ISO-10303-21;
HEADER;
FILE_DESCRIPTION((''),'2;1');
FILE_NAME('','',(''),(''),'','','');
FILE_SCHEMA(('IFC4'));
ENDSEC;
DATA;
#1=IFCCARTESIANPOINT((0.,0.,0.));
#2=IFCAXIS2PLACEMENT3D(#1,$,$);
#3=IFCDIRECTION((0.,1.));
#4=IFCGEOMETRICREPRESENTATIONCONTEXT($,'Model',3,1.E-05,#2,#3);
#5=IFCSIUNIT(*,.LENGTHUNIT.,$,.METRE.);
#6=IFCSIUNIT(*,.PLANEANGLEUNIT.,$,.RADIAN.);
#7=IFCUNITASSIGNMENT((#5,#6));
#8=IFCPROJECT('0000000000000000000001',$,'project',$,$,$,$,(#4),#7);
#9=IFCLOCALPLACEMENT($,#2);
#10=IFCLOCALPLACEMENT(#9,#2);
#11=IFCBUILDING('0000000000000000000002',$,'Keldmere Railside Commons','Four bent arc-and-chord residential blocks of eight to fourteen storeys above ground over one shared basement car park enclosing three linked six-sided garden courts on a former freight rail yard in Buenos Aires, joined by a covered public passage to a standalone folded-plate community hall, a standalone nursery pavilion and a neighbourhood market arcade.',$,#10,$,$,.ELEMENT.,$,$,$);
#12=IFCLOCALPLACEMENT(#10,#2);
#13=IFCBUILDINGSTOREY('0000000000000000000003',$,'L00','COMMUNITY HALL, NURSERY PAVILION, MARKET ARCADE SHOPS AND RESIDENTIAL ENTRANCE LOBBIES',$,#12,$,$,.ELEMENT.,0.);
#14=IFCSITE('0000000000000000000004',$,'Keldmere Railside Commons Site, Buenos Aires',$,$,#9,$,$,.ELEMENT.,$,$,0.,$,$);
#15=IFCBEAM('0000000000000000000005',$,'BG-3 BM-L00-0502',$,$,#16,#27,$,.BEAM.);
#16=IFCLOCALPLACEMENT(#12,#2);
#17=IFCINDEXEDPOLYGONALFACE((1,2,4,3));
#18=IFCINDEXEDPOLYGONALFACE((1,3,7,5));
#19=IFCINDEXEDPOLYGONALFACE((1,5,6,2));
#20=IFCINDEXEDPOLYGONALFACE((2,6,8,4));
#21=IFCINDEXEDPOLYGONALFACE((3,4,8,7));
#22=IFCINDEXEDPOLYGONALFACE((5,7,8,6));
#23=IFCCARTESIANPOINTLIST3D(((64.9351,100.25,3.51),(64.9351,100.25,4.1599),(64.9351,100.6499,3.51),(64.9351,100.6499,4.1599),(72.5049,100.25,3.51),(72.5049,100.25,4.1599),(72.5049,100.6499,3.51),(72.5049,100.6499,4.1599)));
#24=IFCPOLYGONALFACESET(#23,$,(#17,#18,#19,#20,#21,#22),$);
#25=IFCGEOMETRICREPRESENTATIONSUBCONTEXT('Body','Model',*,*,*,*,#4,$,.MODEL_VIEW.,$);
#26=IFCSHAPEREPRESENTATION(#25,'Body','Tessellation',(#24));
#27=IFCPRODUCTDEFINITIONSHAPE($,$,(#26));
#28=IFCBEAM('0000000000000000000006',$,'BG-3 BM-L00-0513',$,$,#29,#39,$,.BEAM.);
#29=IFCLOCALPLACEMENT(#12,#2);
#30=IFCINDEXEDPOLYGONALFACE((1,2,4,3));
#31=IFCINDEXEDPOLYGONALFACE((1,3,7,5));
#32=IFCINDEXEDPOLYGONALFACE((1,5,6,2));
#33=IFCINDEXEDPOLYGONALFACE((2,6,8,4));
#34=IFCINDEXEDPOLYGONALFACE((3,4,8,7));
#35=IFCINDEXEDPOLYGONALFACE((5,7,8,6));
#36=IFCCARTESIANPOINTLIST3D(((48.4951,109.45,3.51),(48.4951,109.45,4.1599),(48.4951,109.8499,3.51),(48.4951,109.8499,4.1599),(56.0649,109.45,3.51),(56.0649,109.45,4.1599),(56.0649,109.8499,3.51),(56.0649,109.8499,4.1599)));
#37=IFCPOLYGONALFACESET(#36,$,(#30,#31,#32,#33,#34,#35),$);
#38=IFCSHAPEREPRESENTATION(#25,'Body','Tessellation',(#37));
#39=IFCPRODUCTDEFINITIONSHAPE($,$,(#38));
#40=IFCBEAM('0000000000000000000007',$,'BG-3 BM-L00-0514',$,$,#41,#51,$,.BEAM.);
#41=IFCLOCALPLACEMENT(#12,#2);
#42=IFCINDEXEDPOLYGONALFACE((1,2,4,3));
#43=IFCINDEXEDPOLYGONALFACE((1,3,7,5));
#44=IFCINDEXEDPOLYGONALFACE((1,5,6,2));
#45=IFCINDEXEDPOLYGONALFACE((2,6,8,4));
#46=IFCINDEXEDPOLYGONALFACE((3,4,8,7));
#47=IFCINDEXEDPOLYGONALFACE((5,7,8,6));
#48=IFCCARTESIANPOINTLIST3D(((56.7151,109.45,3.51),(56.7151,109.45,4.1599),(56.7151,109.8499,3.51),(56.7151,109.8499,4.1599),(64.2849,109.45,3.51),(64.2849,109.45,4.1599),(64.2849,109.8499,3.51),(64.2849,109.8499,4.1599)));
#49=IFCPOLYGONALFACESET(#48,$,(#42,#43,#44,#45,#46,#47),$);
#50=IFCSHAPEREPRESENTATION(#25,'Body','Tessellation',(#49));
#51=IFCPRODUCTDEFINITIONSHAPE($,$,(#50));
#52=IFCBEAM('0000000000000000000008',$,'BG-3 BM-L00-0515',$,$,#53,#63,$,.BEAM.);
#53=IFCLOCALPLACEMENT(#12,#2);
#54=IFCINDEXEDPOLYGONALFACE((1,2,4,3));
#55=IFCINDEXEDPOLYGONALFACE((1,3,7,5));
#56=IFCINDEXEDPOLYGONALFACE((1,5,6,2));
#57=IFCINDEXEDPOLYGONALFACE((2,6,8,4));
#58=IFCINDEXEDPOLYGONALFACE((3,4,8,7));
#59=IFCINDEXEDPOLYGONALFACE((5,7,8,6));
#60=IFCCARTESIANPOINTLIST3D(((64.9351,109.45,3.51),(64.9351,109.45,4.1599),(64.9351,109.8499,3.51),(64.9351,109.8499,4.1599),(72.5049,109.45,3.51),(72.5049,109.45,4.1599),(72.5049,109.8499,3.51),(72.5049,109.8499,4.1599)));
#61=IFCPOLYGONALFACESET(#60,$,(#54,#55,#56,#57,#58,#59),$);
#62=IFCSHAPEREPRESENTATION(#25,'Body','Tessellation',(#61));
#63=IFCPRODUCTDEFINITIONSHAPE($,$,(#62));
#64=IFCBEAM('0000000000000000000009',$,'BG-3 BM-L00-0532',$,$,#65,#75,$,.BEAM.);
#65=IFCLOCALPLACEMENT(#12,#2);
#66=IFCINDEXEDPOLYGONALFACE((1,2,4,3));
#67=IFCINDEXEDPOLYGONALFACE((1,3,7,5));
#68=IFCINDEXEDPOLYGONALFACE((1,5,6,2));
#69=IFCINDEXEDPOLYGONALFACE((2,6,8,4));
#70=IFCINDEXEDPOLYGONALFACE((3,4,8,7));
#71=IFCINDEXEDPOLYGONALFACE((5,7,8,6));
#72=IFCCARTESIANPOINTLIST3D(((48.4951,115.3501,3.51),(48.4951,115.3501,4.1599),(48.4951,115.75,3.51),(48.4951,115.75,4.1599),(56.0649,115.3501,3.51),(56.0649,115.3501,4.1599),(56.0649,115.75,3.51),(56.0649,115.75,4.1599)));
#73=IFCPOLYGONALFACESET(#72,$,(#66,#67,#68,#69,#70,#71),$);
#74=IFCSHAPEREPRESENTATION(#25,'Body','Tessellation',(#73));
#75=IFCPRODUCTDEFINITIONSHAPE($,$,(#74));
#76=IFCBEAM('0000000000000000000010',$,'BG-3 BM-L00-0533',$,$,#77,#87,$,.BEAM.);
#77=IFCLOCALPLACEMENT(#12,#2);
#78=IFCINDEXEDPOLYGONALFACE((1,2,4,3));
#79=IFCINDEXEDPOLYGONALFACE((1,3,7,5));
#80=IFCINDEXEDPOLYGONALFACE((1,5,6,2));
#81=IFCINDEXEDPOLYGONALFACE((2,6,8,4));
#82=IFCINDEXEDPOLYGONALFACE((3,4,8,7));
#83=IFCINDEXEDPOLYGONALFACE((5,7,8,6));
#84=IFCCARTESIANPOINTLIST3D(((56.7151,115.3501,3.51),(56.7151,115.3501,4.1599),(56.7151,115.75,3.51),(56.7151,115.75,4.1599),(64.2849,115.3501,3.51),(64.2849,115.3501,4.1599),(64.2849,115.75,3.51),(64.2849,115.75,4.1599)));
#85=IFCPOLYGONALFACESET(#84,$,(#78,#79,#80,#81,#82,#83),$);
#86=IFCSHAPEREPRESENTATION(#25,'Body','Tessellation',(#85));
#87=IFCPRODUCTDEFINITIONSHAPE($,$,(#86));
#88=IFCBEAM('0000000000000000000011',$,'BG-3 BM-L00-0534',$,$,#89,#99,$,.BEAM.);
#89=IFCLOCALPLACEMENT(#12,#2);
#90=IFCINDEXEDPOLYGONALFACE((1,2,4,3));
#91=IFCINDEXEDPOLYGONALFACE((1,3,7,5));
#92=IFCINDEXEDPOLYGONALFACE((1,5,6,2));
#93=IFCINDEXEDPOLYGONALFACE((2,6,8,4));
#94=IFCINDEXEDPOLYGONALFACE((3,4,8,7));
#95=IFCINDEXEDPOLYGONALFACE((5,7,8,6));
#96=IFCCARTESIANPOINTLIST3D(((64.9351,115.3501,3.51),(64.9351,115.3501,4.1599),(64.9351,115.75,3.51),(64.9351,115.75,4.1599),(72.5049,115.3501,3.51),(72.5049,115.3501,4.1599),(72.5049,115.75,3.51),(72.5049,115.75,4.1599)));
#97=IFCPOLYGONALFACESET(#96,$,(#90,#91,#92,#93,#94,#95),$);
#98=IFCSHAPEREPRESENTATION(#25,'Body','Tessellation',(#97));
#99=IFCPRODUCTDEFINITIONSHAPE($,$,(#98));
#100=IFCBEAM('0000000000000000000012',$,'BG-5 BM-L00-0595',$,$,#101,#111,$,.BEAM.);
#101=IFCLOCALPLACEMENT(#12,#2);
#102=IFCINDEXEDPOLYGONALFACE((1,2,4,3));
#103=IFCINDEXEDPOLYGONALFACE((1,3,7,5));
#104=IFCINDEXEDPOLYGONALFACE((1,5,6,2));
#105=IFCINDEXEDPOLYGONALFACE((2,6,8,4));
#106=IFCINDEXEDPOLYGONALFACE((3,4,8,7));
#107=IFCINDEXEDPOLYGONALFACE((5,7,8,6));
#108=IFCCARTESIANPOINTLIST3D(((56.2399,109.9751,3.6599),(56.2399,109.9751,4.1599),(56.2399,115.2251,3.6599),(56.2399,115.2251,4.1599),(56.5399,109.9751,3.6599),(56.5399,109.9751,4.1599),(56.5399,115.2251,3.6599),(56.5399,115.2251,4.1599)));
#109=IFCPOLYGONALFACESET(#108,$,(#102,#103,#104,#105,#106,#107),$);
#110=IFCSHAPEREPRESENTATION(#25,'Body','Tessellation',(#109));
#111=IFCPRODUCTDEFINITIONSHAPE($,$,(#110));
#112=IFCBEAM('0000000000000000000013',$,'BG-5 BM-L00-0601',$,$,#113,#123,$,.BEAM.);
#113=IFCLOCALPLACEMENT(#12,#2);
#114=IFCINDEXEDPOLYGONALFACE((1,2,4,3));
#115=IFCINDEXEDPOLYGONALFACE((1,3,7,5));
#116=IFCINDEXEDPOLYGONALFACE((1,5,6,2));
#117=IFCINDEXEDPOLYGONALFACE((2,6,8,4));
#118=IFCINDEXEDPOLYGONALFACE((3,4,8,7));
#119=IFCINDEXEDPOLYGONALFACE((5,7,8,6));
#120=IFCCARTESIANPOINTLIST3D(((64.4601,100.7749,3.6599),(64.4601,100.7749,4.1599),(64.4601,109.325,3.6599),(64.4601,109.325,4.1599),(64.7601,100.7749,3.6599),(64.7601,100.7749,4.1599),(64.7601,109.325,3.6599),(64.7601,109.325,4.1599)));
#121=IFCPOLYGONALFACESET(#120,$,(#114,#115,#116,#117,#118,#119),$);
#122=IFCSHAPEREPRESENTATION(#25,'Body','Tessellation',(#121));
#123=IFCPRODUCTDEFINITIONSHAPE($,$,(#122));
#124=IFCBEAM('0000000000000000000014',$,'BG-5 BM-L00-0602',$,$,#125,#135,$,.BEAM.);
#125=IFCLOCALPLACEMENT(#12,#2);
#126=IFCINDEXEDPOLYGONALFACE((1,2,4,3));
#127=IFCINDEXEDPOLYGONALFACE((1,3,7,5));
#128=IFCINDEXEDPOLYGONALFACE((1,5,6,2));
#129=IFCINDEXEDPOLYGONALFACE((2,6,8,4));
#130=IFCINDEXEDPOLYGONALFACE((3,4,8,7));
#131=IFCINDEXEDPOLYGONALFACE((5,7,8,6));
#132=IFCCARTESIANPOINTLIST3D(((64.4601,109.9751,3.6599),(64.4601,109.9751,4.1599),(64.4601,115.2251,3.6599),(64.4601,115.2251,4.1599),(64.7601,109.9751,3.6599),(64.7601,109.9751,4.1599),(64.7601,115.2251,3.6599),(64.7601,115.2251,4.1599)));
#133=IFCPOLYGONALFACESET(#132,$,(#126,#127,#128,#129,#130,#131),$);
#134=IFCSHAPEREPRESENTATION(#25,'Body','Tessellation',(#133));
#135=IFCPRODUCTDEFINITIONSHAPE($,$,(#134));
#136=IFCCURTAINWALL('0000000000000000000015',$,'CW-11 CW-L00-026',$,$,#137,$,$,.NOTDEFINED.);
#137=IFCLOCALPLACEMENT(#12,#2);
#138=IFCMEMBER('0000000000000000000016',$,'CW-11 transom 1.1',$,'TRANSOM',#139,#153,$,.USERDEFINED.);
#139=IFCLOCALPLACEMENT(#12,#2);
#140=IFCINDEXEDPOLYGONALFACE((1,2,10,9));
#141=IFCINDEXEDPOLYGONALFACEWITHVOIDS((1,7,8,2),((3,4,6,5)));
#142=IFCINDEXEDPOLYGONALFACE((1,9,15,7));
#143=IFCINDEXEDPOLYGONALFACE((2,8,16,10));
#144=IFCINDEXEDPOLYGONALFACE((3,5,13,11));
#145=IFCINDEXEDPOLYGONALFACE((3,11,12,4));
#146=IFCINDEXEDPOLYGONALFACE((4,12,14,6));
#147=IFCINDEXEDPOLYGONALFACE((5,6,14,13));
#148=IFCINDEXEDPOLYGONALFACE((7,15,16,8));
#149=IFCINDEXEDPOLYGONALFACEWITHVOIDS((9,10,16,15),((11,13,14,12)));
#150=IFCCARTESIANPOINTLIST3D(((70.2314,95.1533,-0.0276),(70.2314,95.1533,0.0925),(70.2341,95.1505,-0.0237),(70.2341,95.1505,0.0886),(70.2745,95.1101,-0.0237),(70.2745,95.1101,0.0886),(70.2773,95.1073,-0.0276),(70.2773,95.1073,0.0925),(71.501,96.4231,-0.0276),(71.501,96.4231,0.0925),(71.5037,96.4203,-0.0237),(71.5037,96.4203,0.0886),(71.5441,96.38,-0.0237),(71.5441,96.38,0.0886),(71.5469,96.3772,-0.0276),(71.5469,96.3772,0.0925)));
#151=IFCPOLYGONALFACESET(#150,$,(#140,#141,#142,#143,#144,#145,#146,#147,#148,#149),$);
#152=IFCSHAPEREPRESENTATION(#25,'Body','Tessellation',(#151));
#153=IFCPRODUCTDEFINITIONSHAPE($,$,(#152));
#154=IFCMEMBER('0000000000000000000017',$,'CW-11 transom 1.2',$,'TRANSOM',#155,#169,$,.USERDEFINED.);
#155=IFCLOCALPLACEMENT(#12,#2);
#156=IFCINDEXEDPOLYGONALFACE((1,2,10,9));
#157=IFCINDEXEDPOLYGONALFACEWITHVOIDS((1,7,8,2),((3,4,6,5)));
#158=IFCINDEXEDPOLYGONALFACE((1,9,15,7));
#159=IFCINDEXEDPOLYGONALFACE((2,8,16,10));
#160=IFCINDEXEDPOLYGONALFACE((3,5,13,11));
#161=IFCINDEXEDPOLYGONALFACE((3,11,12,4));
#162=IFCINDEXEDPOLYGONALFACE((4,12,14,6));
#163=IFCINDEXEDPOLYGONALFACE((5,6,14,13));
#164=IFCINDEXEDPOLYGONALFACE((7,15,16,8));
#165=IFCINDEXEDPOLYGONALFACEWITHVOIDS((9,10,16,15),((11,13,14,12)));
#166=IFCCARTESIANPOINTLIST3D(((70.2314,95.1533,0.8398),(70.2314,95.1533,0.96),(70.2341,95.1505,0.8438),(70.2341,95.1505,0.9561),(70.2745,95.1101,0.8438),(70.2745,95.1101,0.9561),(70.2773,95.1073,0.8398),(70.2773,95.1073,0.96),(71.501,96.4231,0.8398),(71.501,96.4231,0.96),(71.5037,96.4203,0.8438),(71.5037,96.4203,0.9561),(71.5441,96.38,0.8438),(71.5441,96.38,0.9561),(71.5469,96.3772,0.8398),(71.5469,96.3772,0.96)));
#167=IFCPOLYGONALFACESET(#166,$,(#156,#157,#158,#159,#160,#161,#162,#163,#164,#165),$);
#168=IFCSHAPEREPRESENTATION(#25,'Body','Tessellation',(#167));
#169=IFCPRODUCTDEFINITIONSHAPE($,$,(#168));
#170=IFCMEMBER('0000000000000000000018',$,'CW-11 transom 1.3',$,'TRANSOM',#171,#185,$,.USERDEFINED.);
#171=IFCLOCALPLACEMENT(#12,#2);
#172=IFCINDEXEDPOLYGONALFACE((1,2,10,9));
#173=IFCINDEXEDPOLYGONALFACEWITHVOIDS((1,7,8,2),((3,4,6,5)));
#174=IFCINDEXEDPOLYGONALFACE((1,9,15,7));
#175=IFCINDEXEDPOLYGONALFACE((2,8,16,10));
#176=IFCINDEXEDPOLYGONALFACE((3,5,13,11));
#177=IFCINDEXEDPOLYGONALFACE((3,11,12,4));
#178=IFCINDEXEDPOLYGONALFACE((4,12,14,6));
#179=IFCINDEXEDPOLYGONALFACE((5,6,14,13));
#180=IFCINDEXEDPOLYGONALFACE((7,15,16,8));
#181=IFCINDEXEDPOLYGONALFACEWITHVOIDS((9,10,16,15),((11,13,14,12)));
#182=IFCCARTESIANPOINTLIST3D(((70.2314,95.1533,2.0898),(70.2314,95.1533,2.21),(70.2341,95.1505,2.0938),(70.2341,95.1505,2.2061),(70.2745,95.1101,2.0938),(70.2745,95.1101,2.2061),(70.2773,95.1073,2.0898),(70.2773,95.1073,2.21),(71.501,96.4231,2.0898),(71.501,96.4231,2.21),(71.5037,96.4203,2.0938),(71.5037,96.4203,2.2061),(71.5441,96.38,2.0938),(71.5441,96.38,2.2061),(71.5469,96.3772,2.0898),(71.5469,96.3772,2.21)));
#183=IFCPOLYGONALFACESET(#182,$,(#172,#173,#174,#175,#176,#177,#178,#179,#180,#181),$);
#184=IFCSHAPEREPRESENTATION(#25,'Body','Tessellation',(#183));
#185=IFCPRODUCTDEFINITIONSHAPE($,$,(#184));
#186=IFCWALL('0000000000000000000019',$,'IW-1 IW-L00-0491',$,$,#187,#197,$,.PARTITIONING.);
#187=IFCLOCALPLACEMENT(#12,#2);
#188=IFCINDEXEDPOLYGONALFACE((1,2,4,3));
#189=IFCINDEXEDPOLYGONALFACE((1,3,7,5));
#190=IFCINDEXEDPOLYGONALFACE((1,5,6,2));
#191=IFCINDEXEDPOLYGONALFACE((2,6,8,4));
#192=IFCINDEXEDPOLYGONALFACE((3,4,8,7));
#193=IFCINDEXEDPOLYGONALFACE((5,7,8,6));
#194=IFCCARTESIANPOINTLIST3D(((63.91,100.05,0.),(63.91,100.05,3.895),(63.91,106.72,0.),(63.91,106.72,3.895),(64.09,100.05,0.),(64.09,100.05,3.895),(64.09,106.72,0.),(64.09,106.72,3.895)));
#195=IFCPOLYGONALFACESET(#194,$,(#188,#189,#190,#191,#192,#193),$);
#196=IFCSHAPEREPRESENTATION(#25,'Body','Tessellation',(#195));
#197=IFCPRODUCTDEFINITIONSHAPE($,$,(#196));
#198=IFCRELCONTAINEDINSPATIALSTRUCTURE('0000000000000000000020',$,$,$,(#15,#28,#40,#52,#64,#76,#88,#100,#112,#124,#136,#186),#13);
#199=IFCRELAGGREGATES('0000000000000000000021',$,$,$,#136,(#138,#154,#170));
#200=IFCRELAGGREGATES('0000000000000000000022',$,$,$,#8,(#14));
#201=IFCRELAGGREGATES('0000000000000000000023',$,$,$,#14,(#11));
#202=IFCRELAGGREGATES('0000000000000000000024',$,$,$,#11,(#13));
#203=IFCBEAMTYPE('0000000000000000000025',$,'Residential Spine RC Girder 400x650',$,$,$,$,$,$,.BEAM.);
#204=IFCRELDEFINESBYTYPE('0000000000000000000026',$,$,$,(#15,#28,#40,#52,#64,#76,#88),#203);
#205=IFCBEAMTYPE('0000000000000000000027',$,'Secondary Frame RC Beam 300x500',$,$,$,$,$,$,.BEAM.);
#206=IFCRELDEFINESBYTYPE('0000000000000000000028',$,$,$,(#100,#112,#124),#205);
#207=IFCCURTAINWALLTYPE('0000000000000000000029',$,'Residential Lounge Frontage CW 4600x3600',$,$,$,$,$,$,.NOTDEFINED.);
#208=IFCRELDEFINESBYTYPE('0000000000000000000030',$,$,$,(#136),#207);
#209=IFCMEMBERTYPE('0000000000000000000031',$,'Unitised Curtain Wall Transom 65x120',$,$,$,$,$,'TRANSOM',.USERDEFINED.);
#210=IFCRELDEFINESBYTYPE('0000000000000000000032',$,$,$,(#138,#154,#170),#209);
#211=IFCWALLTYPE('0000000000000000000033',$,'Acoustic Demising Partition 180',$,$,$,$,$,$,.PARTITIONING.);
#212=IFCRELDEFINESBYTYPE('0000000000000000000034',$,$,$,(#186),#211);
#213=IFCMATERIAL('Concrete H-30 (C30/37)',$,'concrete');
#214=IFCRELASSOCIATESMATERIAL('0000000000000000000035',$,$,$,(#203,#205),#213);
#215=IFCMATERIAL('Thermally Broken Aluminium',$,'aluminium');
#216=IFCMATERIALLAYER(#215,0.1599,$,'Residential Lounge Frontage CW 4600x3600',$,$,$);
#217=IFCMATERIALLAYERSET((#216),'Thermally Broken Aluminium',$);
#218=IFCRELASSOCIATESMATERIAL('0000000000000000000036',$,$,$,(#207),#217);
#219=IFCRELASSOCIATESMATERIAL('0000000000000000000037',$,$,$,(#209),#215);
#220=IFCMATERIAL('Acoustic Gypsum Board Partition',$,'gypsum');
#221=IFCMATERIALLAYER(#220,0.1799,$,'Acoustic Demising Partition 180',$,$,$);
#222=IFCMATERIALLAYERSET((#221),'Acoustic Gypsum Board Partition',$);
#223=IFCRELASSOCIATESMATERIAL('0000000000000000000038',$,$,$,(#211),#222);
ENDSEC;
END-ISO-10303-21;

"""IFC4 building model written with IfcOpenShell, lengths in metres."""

from ifc_helpers import new_model, si_unit, direction, frame, frame_2d, origin, origin_2d, place, context, subcontext, project, spatial, rectangle, hollow_rectangle, extrude, material, layer, layer_set, material_profile, profile_set, type_object, element, aggregate, save


model = new_model("IFC4")

# Units and contexts
model_context = context("Model", 3, precision=1e-05, world=origin(), true_north=direction((0.0, 1.0)))
body_context = subcontext(model_context, "Body", "Model", "MODEL_VIEW")
ifc_project = project(units=[si_unit("LENGTHUNIT", "METRE"), si_unit("PLANEANGLEUNIT", "RADIAN")], contexts=[model_context])

# Site, building, storey
site_placement = place(None, origin())
site = spatial("IfcSite", under=ifc_project, at=site_placement, Name="Keldmere Railside Commons Site, Buenos Aires", CompositionType="ELEMENT", RefElevation=0.0)
building_placement = place(site_placement, origin())
building = spatial("IfcBuilding", under=site, at=building_placement, Name="Keldmere Railside Commons", Description="Four bent arc-and-chord residential blocks of eight to fourteen storeys above ground over one shared basement car park enclosing three linked six-sided garden courts on a former freight rail yard in Buenos Aires, joined by a covered public passage to a standalone folded-plate community hall, a standalone nursery pavilion and a neighbourhood market arcade.", CompositionType="ELEMENT")
storey_placement = place(building_placement, origin())
storey = spatial("IfcBuildingStorey", under=building, at=storey_placement, Name="L00", Description="COMMUNITY HALL, NURSERY PAVILION, MARKET ARCADE SHOPS AND RESIDENTIAL ENTRANCE LOBBIES", CompositionType="ELEMENT", Elevation=0.0)

# Beams
ifc_material_1 = material(Name="Concrete H-30 (C30/37)", Category="concrete")
ifc_material_profile_1 = material_profile(ifc_material_1, rectangle(XDim=0.3999, YDim=0.6499, at=origin_2d()), Name="RC-400x650")
ifc_profile_set_1 = profile_set([ifc_material_profile_1], Name="Concrete H-30 (C30/37)")
beam_type_1 = type_object("IfcBeamType", Name="Residential Spine RC Girder 400x650", PredefinedType="BEAM", material=ifc_profile_set_1)
for number, where, z_axis, x_axis, name in (
    (1, (64.9351, 100.45, 3.835), (1.0, 0.0, 0.0), (0.0, 1.0, 0.0), "BG-3 BM-L00-0502"),
    (2, (48.4951, 109.6499, 3.835), (1.0, 0.0, 0.0), (0.0, 1.0, 0.0), "BG-3 BM-L00-0513"),
    (3, (56.7151, 109.6499, 3.835), (1.0, 0.0, 0.0), (0.0, 1.0, 0.0), "BG-3 BM-L00-0514"),
    (4, (64.9351, 109.6499, 3.835), (1.0, 0.0, 0.0), (0.0, 1.0, 0.0), "BG-3 BM-L00-0515"),
    (5, (48.4951, 115.55, 3.835), (1.0, 0.0, 0.0), (0.0, 1.0, 0.0), "BG-3 BM-L00-0532"),
    (6, (56.7151, 115.55, 3.835), (1.0, 0.0, 0.0), (0.0, 1.0, 0.0), "BG-3 BM-L00-0533"),
    (7, (64.9351, 115.55, 3.835), (1.0, 0.0, 0.0), (0.0, 1.0, 0.0), "BG-3 BM-L00-0534"),
):
    element("IfcBeam", number, at=place(storey_placement, frame(where, z_axis=z_axis, x_axis=x_axis)), inside=storey, type_object=beam_type_1, Name=name, PredefinedType="BEAM", context=body_context, shape_type="SweptSolid", body=[
        extrude(rectangle(XDim=0.3999, YDim=0.6499, at=origin_2d()), origin(), (0.0, 0.0, 1.0), 7.5698),
    ])
ifc_material_profile_2 = material_profile(ifc_material_1, rectangle(XDim=0.3, YDim=0.5, at=origin_2d()), Name="RC-300x500")
ifc_profile_set_2 = profile_set([ifc_material_profile_2], Name="Concrete H-30 (C30/37)")
beam_type_2 = type_object("IfcBeamType", Name="Secondary Frame RC Beam 300x500", PredefinedType="BEAM", material=ifc_profile_set_2)
beam_1_placement = place(storey_placement, frame((56.3899, 109.9751, 3.9099), z_axis=(0.0, 1.0, 0.0), x_axis=(-1.0, 0.0, 0.0)))
element("IfcBeam", 8, at=beam_1_placement, inside=storey, type_object=beam_type_2, Name="BG-5 BM-L00-0595", PredefinedType="BEAM", context=body_context, shape_type="SweptSolid", body=[
    extrude(rectangle(XDim=0.3, YDim=0.5, at=origin_2d()), origin(), (0.0, 0.0, 1.0), 5.25),
])
beam_2_placement = place(storey_placement, frame((64.6101, 100.7749, 3.9099), z_axis=(0.0, 1.0, 0.0), x_axis=(-1.0, 0.0, 0.0)))
element("IfcBeam", 9, at=beam_2_placement, inside=storey, type_object=beam_type_2, Name="BG-5 BM-L00-0601", PredefinedType="BEAM", context=body_context, shape_type="SweptSolid", body=[
    extrude(rectangle(XDim=0.3, YDim=0.5, at=origin_2d()), origin(), (0.0, 0.0, 1.0), 8.55),
])
beam_3_placement = place(storey_placement, frame((64.6101, 109.9751, 3.9099), z_axis=(0.0, 1.0, 0.0), x_axis=(-1.0, 0.0, 0.0)))
element("IfcBeam", 10, at=beam_3_placement, inside=storey, type_object=beam_type_2, Name="BG-5 BM-L00-0602", PredefinedType="BEAM", context=body_context, shape_type="SweptSolid", body=[
    extrude(rectangle(XDim=0.3, YDim=0.5, at=origin_2d()), origin(), (0.0, 0.0, 1.0), 5.25),
])

# Curtain wall, members
ifc_material_2 = material(Name="Thermally Broken Aluminium", Category="aluminium")
ifc_layer_1 = layer(ifc_material_2, 0.1599, Name="Residential Lounge Frontage CW 4600x3600")
ifc_layer_set_1 = layer_set([ifc_layer_1], Name="Thermally Broken Aluminium")
curtain_wall_type = type_object("IfcCurtainWallType", Name="Residential Lounge Frontage CW 4600x3600", PredefinedType="NOTDEFINED", material=ifc_layer_set_1)
curtain_wall_placement = place(storey_placement, origin())
curtain_wall = element("IfcCurtainWall", 11, at=curtain_wall_placement, inside=storey, type_object=curtain_wall_type, Name="CW-11 CW-L00-026", PredefinedType="NOTDEFINED")
ifc_material_profile_3 = material_profile(ifc_material_2, hollow_rectangle(XDim=0.0649, YDim=0.1201, WallThickness=0.0039, at=origin_2d()), Name="ALU-TRAN-65x120")
ifc_profile_set_3 = profile_set([ifc_material_profile_3], Name="Thermally Broken Aluminium")
member_type = type_object("IfcMemberType", Name="Unitised Curtain Wall Transom 65x120", ElementType="TRANSOM", PredefinedType="USERDEFINED", material=ifc_profile_set_3)
member_1_placement = place(storey_placement, frame((71.5239, 96.4001, 0.0325), z_axis=(-0.707039, -0.707175, 0.0), x_axis=(0.707175, -0.707039, 0.0)))
member_1 = element("IfcMember", 12, at=member_1_placement, type_object=member_type, Name="CW-11 transom 1.1", ObjectType="TRANSOM", PredefinedType="USERDEFINED", context=body_context, shape_type="SweptSolid", body=[
    extrude(hollow_rectangle(XDim=0.0649, YDim=0.1201, WallThickness=0.0039, at=origin_2d()), origin(), (0.0, 0.0, 1.0), 1.7957),
])
member_2_placement = place(storey_placement, frame((71.5239, 96.4001, 0.8999), z_axis=(-0.707039, -0.707175, 0.0), x_axis=(0.707175, -0.707039, 0.0)))
member_2 = element("IfcMember", 13, at=member_2_placement, type_object=member_type, Name="CW-11 transom 1.2", ObjectType="TRANSOM", PredefinedType="USERDEFINED", context=body_context, shape_type="SweptSolid", body=[
    extrude(hollow_rectangle(XDim=0.0649, YDim=0.1201, WallThickness=0.0039, at=origin_2d()), origin(), (0.0, 0.0, 1.0), 1.7957),
])
member_3_placement = place(storey_placement, frame((71.5239, 96.4001, 2.1499), z_axis=(-0.707039, -0.707175, 0.0), x_axis=(0.707175, -0.707039, 0.0)))
member_3 = element("IfcMember", 14, at=member_3_placement, type_object=member_type, Name="CW-11 transom 1.3", ObjectType="TRANSOM", PredefinedType="USERDEFINED", context=body_context, shape_type="SweptSolid", body=[
    extrude(hollow_rectangle(XDim=0.0649, YDim=0.1201, WallThickness=0.0039, at=origin_2d()), origin(), (0.0, 0.0, 1.0), 1.7957),
])
aggregate(curtain_wall, [member_1, member_2, member_3])

# Wall
ifc_material_3 = material(Name="Acoustic Gypsum Board Partition", Category="gypsum")
ifc_layer_2 = layer(ifc_material_3, 0.1799, Name="Acoustic Demising Partition 180")
ifc_layer_set_2 = layer_set([ifc_layer_2], Name="Acoustic Gypsum Board Partition")
wall_type_1 = type_object("IfcWallType", Name="Acoustic Demising Partition 180", PredefinedType="PARTITIONING", material=ifc_layer_set_2)
wall_1_placement = place(storey_placement, frame((64.0, 100.05, 0.0), z_axis=(0.0, 0.0, 1.0), x_axis=(0.0, 1.0, 0.0)))
element("IfcWall", 15, at=wall_1_placement, inside=storey, type_object=wall_type_1, Name="IW-1 IW-L00-0491", PredefinedType="PARTITIONING", context=body_context, shape_type="SweptSolid", body=[
    extrude(rectangle(XDim=6.6699, YDim=0.1799, at=frame_2d((3.335, 0.0))), origin(), (0.0, 0.0, 1.0), 3.895),
])

save(model, "model.ifc")
